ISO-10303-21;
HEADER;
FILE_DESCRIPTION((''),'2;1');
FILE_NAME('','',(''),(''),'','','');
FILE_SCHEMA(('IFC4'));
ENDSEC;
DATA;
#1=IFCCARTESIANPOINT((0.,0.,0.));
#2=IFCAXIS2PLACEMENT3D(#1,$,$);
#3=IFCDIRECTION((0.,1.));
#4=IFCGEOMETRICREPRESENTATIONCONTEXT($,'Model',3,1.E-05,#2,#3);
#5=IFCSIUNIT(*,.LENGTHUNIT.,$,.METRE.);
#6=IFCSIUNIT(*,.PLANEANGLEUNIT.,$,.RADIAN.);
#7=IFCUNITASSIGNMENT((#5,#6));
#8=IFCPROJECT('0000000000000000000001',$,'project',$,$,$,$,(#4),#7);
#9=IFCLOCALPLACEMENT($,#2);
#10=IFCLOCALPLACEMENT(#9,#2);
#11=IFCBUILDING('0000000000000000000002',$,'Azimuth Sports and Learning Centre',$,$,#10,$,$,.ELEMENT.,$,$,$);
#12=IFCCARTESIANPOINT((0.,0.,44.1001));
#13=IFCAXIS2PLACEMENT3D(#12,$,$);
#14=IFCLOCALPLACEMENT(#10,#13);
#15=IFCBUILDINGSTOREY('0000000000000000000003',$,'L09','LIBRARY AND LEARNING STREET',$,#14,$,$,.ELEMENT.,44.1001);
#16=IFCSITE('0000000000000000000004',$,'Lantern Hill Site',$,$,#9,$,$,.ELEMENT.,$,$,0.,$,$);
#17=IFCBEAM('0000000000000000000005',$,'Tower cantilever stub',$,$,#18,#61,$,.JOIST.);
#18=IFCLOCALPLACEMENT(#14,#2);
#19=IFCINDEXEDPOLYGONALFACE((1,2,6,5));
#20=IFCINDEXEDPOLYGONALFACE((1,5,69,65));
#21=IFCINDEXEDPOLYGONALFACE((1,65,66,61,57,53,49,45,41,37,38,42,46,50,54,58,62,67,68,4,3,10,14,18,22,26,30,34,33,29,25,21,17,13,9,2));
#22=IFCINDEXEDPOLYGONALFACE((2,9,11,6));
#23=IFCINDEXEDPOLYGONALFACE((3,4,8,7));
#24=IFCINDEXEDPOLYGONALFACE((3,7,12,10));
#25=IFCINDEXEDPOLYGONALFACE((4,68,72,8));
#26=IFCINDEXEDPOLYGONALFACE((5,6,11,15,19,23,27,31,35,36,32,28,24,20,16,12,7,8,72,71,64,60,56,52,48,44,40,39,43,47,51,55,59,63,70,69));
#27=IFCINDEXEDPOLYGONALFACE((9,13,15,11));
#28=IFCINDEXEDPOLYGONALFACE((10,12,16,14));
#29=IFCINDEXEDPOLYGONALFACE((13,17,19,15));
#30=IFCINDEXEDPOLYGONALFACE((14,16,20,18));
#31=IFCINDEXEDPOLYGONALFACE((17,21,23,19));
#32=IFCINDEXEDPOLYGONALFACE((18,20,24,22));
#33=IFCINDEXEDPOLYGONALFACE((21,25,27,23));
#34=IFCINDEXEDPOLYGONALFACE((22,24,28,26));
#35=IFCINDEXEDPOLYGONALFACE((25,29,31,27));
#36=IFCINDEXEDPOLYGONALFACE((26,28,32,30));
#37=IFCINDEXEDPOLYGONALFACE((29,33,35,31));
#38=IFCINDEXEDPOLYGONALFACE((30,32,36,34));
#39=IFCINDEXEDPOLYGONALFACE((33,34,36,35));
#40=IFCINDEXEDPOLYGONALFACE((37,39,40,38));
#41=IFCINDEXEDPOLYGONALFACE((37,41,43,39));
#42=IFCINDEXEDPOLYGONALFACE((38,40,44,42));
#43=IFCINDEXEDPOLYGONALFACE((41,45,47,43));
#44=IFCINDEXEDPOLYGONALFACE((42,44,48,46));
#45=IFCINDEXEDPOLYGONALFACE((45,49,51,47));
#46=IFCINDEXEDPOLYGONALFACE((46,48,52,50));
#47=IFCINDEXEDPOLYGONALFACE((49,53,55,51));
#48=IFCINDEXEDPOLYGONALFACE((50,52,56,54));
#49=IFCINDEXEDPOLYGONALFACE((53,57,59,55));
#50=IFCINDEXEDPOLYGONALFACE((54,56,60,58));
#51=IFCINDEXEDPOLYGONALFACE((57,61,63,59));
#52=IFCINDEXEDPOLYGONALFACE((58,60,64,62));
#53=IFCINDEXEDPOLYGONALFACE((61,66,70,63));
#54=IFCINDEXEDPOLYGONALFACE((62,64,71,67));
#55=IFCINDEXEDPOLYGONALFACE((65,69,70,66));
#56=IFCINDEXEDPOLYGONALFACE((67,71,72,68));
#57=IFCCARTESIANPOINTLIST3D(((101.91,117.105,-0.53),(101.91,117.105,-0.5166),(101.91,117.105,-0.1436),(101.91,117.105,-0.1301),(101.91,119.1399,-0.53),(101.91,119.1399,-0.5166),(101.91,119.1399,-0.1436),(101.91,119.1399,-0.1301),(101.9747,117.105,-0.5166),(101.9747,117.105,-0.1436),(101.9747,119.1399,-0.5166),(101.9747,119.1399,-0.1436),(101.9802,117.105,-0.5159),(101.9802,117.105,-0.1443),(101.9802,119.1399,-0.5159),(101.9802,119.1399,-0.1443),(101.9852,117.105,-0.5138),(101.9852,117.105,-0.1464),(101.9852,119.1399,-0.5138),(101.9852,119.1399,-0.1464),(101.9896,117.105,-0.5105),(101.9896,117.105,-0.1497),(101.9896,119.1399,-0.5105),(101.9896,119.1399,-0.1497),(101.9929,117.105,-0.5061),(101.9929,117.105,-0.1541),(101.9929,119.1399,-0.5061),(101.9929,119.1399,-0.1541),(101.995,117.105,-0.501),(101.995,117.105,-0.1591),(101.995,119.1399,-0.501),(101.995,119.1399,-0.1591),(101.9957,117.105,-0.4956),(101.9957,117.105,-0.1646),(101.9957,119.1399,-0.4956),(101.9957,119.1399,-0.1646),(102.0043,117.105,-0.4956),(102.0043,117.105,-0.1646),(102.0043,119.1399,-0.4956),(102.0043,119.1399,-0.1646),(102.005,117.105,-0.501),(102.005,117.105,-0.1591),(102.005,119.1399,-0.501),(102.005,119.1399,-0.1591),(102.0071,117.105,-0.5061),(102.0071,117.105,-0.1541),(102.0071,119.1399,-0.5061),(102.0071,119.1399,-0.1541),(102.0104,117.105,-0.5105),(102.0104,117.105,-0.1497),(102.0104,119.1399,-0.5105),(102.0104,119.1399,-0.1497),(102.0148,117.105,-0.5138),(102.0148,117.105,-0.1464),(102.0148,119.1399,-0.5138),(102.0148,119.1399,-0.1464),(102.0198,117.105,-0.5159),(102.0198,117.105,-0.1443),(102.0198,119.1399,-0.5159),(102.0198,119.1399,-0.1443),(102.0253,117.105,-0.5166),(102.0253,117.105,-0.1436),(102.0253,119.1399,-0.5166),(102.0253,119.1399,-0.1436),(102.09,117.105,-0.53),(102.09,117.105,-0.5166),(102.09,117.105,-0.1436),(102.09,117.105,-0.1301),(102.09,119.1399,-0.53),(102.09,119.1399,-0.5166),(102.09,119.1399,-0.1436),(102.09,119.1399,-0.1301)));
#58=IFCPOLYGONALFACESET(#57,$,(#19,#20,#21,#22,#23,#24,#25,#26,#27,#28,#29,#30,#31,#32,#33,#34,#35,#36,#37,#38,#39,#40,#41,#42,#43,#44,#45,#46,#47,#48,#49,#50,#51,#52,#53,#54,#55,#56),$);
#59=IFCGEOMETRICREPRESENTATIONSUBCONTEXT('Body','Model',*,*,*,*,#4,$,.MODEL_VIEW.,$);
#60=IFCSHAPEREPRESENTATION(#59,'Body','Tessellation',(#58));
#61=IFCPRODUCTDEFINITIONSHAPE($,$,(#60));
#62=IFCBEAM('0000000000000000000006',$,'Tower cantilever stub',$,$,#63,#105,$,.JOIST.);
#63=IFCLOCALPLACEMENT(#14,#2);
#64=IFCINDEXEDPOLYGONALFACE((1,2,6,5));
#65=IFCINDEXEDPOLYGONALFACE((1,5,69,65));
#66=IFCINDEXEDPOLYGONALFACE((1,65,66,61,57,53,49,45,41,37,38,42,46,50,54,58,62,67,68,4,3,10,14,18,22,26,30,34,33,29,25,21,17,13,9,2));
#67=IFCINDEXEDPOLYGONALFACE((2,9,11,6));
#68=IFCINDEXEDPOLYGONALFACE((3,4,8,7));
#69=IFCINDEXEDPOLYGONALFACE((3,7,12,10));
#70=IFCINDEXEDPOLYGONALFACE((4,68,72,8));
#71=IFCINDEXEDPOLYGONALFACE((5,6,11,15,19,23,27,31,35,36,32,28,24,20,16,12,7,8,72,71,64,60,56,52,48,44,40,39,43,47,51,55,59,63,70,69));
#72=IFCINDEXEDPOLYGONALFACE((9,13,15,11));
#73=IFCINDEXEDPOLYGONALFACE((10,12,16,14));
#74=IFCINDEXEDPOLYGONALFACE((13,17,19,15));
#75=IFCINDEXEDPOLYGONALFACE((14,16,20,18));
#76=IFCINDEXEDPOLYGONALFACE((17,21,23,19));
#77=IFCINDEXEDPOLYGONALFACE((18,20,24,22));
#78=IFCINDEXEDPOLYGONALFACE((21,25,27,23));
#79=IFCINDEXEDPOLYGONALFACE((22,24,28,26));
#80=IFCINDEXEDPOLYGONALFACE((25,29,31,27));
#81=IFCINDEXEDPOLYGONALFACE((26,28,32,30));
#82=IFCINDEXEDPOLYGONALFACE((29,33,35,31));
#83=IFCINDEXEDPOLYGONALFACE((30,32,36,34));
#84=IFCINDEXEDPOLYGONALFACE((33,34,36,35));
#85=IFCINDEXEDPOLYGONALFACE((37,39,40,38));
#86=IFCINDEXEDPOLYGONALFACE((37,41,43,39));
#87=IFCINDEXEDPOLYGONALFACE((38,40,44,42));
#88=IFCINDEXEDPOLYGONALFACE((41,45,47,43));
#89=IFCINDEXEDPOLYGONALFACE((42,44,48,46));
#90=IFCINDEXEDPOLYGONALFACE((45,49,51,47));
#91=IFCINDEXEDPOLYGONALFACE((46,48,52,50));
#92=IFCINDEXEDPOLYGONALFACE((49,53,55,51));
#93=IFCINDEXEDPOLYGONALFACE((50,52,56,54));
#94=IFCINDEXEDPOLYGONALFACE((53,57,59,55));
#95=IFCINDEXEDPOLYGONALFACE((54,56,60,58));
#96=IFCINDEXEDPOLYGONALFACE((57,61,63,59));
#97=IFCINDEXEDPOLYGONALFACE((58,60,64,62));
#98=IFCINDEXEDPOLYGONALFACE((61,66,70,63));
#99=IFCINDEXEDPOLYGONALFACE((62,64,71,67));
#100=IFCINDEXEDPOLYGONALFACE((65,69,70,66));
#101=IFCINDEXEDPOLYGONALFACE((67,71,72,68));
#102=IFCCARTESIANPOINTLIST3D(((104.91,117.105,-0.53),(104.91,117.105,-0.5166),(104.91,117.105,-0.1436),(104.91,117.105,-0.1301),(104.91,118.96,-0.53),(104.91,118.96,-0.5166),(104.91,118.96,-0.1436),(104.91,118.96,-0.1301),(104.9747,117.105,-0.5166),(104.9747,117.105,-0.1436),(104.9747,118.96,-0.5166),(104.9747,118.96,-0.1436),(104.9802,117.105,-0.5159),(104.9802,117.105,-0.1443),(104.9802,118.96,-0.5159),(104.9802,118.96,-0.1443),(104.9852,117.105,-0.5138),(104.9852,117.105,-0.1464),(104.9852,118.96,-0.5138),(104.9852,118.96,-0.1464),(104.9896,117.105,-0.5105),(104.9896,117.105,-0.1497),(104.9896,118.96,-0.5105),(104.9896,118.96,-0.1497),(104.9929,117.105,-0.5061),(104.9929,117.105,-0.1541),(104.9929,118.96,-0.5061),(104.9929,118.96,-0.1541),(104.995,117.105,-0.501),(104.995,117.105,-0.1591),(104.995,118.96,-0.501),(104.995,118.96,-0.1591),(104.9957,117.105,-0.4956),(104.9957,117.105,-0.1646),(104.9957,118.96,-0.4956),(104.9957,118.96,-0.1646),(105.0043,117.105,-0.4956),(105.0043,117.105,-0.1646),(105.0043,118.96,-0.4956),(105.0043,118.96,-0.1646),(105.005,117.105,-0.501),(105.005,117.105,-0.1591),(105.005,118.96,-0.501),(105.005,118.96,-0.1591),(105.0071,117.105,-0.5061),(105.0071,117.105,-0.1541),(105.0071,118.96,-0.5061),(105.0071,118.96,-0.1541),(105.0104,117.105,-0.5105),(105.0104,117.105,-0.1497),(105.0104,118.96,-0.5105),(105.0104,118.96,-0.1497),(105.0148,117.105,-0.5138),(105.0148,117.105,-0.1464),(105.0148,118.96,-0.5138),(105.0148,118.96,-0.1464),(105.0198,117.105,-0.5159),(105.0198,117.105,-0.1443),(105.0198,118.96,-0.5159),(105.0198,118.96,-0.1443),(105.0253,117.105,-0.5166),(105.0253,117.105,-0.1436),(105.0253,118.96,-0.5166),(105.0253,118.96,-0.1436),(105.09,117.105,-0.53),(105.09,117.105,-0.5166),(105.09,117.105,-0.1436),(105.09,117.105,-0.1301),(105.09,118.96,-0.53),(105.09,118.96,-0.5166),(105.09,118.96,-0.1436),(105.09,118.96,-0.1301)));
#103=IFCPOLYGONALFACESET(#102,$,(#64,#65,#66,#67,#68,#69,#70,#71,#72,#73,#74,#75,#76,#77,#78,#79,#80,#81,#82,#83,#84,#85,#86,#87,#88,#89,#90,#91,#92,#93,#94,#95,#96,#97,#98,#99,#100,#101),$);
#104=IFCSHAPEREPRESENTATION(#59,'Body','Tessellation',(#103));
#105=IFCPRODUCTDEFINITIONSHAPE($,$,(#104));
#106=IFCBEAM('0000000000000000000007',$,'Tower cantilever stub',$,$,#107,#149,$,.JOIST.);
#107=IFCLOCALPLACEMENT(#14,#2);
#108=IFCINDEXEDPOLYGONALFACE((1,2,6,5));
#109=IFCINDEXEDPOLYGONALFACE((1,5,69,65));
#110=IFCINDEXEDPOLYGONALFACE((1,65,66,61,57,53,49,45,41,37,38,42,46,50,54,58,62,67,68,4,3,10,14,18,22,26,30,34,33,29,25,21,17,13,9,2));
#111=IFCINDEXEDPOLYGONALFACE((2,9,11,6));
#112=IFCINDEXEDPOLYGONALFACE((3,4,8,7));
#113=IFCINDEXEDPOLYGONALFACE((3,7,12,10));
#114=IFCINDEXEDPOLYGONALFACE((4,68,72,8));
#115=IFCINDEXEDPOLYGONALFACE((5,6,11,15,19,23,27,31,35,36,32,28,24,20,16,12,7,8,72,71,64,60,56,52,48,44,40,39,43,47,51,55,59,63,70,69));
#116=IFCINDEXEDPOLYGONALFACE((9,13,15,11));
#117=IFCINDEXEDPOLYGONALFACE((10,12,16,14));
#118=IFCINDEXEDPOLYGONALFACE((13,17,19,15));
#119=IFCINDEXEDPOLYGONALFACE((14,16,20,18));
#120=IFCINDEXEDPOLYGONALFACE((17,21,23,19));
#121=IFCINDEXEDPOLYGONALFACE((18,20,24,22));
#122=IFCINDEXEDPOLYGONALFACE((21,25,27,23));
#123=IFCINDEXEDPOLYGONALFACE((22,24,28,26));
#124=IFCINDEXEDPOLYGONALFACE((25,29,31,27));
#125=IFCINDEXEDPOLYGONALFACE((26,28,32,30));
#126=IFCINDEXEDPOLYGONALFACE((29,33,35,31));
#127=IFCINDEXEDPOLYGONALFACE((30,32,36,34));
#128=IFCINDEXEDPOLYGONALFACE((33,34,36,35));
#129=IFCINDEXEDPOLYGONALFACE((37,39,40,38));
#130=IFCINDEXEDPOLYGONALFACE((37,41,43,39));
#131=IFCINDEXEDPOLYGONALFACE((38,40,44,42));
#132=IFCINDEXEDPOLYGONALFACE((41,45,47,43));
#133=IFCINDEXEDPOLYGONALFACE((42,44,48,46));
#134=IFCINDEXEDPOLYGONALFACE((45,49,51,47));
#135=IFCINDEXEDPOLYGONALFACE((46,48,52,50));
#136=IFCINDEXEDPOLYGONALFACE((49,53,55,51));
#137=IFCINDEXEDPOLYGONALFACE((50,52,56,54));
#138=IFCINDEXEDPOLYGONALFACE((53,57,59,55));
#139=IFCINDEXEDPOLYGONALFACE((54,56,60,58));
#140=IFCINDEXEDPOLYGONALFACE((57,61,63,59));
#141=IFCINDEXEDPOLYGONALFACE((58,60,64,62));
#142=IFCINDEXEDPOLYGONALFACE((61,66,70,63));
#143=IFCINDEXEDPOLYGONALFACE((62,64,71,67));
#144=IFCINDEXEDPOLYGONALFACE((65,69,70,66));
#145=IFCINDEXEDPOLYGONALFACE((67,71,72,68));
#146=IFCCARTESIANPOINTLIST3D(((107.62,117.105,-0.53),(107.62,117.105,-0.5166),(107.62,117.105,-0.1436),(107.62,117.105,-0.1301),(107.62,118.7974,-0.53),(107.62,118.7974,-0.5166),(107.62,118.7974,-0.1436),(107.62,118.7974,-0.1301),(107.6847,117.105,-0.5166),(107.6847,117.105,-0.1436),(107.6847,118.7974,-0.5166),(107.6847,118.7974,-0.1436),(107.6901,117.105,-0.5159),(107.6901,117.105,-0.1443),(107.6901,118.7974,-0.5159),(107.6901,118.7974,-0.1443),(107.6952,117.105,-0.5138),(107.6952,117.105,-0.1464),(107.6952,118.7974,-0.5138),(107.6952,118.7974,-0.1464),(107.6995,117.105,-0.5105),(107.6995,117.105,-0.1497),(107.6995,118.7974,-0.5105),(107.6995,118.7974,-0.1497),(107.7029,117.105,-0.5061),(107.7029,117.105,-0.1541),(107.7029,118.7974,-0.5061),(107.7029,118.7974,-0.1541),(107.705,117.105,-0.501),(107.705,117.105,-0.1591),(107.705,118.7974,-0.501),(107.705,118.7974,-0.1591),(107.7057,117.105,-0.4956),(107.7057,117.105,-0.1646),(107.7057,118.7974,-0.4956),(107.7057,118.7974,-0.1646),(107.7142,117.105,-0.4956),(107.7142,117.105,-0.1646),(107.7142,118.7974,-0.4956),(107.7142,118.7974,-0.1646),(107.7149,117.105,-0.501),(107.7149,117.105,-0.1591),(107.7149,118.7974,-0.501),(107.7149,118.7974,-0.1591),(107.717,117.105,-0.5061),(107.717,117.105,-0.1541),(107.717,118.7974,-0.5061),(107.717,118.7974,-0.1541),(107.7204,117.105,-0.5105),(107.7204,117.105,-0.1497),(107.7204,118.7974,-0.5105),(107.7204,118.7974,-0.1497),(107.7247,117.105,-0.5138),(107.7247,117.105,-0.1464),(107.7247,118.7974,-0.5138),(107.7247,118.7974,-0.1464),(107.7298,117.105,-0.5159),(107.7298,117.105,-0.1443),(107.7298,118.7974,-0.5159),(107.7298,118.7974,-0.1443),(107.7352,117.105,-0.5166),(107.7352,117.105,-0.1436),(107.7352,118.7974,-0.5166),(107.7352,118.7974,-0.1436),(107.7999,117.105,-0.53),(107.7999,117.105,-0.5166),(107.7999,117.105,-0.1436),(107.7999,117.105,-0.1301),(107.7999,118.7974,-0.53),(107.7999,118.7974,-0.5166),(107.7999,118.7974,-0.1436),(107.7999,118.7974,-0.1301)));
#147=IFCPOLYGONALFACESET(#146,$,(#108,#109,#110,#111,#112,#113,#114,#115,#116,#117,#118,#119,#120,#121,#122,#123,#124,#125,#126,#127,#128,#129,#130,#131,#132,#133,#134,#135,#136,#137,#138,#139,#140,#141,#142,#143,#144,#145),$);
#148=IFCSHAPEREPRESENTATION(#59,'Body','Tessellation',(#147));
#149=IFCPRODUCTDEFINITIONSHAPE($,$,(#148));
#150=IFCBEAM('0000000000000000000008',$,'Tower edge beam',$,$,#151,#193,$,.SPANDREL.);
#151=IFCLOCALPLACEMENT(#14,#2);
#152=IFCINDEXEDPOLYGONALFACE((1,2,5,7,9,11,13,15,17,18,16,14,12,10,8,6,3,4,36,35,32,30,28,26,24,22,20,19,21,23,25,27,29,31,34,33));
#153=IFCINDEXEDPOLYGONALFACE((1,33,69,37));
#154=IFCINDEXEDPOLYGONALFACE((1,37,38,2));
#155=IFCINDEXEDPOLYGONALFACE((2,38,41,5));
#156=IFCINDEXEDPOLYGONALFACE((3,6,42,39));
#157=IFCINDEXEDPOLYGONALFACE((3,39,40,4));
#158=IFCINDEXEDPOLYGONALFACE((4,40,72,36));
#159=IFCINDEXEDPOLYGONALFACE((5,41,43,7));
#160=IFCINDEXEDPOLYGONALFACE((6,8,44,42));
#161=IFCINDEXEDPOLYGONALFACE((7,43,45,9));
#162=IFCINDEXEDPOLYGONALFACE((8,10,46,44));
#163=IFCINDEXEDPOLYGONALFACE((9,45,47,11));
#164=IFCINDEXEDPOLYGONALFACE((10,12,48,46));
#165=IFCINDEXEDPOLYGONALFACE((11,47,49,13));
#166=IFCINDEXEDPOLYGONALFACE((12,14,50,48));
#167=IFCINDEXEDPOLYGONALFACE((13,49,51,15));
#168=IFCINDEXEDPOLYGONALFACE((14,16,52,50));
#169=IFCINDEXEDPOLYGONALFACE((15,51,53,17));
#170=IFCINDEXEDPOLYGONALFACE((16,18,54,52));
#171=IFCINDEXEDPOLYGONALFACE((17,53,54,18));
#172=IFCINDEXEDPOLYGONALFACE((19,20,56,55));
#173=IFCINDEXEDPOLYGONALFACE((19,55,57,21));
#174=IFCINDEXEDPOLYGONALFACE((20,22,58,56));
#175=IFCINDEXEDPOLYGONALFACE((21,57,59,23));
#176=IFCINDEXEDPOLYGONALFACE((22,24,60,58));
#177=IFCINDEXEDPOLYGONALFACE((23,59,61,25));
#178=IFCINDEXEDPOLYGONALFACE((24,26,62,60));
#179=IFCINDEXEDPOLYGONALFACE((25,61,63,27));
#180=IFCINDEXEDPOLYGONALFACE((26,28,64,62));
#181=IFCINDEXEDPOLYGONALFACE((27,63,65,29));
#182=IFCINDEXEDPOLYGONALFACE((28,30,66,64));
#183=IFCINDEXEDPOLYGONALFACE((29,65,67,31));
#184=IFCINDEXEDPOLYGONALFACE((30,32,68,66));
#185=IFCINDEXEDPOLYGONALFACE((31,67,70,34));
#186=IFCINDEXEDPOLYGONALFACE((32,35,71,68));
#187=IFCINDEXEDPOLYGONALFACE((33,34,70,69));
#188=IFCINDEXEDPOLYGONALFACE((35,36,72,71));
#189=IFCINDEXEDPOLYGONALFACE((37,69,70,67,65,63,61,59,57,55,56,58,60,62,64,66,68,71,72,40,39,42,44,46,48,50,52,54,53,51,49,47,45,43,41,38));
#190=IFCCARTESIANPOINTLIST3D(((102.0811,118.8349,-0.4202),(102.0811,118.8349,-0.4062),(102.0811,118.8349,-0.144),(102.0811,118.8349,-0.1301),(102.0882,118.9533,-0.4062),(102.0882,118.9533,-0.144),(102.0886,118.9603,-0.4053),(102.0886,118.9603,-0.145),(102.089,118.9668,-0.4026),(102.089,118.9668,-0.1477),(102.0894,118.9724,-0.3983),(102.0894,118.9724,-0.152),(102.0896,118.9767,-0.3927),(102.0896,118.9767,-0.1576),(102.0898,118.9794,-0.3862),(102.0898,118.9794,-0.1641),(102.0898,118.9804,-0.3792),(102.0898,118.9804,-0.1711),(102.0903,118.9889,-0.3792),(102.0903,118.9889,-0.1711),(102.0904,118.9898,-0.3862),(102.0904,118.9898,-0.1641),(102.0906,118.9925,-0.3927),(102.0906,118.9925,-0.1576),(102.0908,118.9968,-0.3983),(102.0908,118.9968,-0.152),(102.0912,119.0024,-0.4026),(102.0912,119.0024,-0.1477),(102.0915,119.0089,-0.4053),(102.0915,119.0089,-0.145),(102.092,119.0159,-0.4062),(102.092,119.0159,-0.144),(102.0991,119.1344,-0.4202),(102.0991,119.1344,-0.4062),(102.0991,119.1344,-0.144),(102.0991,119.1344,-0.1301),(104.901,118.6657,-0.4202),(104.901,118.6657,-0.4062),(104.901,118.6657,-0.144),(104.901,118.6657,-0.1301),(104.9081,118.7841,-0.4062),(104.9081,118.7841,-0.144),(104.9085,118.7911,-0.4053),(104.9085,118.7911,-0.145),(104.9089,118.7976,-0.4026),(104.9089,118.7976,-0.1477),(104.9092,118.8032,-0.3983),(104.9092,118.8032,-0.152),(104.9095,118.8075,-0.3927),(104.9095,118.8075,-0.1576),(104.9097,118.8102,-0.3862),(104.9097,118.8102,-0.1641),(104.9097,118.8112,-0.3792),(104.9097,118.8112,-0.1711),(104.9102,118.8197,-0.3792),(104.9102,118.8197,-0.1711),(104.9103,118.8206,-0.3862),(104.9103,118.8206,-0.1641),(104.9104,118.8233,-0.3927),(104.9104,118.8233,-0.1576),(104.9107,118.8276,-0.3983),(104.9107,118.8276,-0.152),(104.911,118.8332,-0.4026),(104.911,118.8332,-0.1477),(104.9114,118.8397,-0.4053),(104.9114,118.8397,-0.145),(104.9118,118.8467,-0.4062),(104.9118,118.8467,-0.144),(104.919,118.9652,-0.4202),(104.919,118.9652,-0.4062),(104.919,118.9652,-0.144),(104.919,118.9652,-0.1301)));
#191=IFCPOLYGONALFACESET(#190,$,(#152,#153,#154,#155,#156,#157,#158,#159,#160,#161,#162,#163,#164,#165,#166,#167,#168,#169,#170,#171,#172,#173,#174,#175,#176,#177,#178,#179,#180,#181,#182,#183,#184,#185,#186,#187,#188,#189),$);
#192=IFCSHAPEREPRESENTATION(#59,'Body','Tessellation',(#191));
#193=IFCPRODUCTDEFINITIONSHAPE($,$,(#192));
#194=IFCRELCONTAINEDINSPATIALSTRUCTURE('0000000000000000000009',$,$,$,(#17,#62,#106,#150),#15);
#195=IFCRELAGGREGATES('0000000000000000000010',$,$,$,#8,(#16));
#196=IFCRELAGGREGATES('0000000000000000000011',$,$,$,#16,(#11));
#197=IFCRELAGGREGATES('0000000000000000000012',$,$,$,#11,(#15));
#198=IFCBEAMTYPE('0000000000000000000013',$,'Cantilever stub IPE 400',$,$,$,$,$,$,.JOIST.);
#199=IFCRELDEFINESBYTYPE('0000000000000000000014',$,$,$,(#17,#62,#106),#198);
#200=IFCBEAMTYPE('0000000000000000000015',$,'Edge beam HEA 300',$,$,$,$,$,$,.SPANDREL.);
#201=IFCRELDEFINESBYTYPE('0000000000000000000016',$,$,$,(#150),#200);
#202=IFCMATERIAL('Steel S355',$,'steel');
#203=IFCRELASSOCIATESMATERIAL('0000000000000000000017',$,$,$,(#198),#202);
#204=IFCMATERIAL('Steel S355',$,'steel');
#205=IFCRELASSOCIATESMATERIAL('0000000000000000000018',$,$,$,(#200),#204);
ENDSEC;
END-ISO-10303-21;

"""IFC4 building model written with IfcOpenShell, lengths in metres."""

from ifc_helpers import new_model, si_unit, direction, frame, origin, origin_2d, place, context, subcontext, project, spatial, i_section, extrude, material, material_profile, profile_set, type_object, element, save


model = new_model("IFC4")

# Units and contexts
model_context = context("Model", 3, precision=1e-05, world=origin(), true_north=direction((0.0, 1.0)))
body_context = subcontext(model_context, "Body", "Model", "MODEL_VIEW")
ifc_project = project(units=[si_unit("LENGTHUNIT", "METRE"), si_unit("PLANEANGLEUNIT", "RADIAN")], contexts=[model_context])

# Site, building, storey
site_placement = place(None, origin())
site = spatial("IfcSite", under=ifc_project, at=site_placement, Name="Lantern Hill Site", CompositionType="ELEMENT", RefElevation=0.0)
building_placement = place(site_placement, origin())
building = spatial("IfcBuilding", under=site, at=building_placement, Name="Azimuth Sports and Learning Centre", CompositionType="ELEMENT")
storey_placement = place(building_placement, frame((0.0, 0.0, 44.1001)))
storey = spatial("IfcBuildingStorey", under=building, at=storey_placement, Name="L09", Description="LIBRARY AND LEARNING STREET", CompositionType="ELEMENT", Elevation=44.1001)

# Beams
ifc_material_1 = material(Name="Steel S355", Category="steel")
ifc_material_profile_1 = material_profile(ifc_material_1, i_section(OverallWidth=0.1799, OverallDepth=0.3999, WebThickness=0.0085, FlangeThickness=0.0134, FilletRadius=0.021, at=origin_2d()), Name="IPE 400")
ifc_profile_set_1 = profile_set([ifc_material_profile_1], Name="Steel S355")
beam_type_1 = type_object("IfcBeamType", Name="Cantilever stub IPE 400", PredefinedType="JOIST", material=ifc_profile_set_1)
beam_1_placement = place(storey_placement, frame((102.0, 117.105, -0.3301), z_axis=(0.0, 1.0, 0.0), x_axis=(-1.0, 0.0, 0.0)))
element("IfcBeam", 1, at=beam_1_placement, inside=storey, type_object=beam_type_1, Name="Tower cantilever stub", PredefinedType="JOIST", context=body_context, shape_type="SweptSolid", body=[
    extrude(i_section(OverallWidth=0.1799, OverallDepth=0.3999, WebThickness=0.0085, FlangeThickness=0.0134, FilletRadius=0.021, at=origin_2d()), origin(), (0.0, 0.0, 1.0), 2.0349),
])
beam_2_placement = place(storey_placement, frame((105.0, 117.105, -0.3301), z_axis=(0.0, 1.0, 0.0), x_axis=(-1.0, 0.0, 0.0)))
element("IfcBeam", 2, at=beam_2_placement, inside=storey, type_object=beam_type_1, Name="Tower cantilever stub", PredefinedType="JOIST", context=body_context, shape_type="SweptSolid", body=[
    extrude(i_section(OverallWidth=0.1799, OverallDepth=0.3999, WebThickness=0.0085, FlangeThickness=0.0134, FilletRadius=0.021, at=origin_2d()), origin(), (0.0, 0.0, 1.0), 1.855),
])
beam_3_placement = place(storey_placement, frame((107.71, 117.105, -0.3301), z_axis=(0.0, 1.0, 0.0), x_axis=(-1.0, 0.0, 0.0)))
element("IfcBeam", 3, at=beam_3_placement, inside=storey, type_object=beam_type_1, Name="Tower cantilever stub", PredefinedType="JOIST", context=body_context, shape_type="SweptSolid", body=[
    extrude(i_section(OverallWidth=0.1799, OverallDepth=0.3999, WebThickness=0.0085, FlangeThickness=0.0134, FilletRadius=0.021, at=origin_2d()), origin(), (0.0, 0.0, 1.0), 1.6924),
])
ifc_material_2 = material(Name="Steel S355", Category="steel")
ifc_material_profile_2 = material_profile(ifc_material_2, i_section(OverallWidth=0.3, OverallDepth=0.29, WebThickness=0.0085, FlangeThickness=0.0139, FilletRadius=0.0271, at=origin_2d()), Name="HEA 300")
ifc_profile_set_2 = profile_set([ifc_material_profile_2], Name="Steel S355")
beam_type_2 = type_object("IfcBeamType", Name="Edge beam HEA 300", PredefinedType="SPANDREL", material=ifc_profile_set_2)
beam_4_placement = place(storey_placement, frame((102.0901, 118.9846, -0.2751), z_axis=(0.998205, -0.059892, 0.0), x_axis=(0.059892, 0.998205, 0.0)))
element("IfcBeam", 4, at=beam_4_placement, inside=storey, type_object=beam_type_2, Name="Tower edge beam", PredefinedType="SPANDREL", context=body_context, shape_type="SweptSolid", body=[
    extrude(i_section(OverallWidth=0.3, OverallDepth=0.29, WebThickness=0.0085, FlangeThickness=0.0139, FilletRadius=0.0271, at=origin_2d()), origin(), (0.0, 0.0, 1.0), 2.825),
])

save(model, "model.ifc")
